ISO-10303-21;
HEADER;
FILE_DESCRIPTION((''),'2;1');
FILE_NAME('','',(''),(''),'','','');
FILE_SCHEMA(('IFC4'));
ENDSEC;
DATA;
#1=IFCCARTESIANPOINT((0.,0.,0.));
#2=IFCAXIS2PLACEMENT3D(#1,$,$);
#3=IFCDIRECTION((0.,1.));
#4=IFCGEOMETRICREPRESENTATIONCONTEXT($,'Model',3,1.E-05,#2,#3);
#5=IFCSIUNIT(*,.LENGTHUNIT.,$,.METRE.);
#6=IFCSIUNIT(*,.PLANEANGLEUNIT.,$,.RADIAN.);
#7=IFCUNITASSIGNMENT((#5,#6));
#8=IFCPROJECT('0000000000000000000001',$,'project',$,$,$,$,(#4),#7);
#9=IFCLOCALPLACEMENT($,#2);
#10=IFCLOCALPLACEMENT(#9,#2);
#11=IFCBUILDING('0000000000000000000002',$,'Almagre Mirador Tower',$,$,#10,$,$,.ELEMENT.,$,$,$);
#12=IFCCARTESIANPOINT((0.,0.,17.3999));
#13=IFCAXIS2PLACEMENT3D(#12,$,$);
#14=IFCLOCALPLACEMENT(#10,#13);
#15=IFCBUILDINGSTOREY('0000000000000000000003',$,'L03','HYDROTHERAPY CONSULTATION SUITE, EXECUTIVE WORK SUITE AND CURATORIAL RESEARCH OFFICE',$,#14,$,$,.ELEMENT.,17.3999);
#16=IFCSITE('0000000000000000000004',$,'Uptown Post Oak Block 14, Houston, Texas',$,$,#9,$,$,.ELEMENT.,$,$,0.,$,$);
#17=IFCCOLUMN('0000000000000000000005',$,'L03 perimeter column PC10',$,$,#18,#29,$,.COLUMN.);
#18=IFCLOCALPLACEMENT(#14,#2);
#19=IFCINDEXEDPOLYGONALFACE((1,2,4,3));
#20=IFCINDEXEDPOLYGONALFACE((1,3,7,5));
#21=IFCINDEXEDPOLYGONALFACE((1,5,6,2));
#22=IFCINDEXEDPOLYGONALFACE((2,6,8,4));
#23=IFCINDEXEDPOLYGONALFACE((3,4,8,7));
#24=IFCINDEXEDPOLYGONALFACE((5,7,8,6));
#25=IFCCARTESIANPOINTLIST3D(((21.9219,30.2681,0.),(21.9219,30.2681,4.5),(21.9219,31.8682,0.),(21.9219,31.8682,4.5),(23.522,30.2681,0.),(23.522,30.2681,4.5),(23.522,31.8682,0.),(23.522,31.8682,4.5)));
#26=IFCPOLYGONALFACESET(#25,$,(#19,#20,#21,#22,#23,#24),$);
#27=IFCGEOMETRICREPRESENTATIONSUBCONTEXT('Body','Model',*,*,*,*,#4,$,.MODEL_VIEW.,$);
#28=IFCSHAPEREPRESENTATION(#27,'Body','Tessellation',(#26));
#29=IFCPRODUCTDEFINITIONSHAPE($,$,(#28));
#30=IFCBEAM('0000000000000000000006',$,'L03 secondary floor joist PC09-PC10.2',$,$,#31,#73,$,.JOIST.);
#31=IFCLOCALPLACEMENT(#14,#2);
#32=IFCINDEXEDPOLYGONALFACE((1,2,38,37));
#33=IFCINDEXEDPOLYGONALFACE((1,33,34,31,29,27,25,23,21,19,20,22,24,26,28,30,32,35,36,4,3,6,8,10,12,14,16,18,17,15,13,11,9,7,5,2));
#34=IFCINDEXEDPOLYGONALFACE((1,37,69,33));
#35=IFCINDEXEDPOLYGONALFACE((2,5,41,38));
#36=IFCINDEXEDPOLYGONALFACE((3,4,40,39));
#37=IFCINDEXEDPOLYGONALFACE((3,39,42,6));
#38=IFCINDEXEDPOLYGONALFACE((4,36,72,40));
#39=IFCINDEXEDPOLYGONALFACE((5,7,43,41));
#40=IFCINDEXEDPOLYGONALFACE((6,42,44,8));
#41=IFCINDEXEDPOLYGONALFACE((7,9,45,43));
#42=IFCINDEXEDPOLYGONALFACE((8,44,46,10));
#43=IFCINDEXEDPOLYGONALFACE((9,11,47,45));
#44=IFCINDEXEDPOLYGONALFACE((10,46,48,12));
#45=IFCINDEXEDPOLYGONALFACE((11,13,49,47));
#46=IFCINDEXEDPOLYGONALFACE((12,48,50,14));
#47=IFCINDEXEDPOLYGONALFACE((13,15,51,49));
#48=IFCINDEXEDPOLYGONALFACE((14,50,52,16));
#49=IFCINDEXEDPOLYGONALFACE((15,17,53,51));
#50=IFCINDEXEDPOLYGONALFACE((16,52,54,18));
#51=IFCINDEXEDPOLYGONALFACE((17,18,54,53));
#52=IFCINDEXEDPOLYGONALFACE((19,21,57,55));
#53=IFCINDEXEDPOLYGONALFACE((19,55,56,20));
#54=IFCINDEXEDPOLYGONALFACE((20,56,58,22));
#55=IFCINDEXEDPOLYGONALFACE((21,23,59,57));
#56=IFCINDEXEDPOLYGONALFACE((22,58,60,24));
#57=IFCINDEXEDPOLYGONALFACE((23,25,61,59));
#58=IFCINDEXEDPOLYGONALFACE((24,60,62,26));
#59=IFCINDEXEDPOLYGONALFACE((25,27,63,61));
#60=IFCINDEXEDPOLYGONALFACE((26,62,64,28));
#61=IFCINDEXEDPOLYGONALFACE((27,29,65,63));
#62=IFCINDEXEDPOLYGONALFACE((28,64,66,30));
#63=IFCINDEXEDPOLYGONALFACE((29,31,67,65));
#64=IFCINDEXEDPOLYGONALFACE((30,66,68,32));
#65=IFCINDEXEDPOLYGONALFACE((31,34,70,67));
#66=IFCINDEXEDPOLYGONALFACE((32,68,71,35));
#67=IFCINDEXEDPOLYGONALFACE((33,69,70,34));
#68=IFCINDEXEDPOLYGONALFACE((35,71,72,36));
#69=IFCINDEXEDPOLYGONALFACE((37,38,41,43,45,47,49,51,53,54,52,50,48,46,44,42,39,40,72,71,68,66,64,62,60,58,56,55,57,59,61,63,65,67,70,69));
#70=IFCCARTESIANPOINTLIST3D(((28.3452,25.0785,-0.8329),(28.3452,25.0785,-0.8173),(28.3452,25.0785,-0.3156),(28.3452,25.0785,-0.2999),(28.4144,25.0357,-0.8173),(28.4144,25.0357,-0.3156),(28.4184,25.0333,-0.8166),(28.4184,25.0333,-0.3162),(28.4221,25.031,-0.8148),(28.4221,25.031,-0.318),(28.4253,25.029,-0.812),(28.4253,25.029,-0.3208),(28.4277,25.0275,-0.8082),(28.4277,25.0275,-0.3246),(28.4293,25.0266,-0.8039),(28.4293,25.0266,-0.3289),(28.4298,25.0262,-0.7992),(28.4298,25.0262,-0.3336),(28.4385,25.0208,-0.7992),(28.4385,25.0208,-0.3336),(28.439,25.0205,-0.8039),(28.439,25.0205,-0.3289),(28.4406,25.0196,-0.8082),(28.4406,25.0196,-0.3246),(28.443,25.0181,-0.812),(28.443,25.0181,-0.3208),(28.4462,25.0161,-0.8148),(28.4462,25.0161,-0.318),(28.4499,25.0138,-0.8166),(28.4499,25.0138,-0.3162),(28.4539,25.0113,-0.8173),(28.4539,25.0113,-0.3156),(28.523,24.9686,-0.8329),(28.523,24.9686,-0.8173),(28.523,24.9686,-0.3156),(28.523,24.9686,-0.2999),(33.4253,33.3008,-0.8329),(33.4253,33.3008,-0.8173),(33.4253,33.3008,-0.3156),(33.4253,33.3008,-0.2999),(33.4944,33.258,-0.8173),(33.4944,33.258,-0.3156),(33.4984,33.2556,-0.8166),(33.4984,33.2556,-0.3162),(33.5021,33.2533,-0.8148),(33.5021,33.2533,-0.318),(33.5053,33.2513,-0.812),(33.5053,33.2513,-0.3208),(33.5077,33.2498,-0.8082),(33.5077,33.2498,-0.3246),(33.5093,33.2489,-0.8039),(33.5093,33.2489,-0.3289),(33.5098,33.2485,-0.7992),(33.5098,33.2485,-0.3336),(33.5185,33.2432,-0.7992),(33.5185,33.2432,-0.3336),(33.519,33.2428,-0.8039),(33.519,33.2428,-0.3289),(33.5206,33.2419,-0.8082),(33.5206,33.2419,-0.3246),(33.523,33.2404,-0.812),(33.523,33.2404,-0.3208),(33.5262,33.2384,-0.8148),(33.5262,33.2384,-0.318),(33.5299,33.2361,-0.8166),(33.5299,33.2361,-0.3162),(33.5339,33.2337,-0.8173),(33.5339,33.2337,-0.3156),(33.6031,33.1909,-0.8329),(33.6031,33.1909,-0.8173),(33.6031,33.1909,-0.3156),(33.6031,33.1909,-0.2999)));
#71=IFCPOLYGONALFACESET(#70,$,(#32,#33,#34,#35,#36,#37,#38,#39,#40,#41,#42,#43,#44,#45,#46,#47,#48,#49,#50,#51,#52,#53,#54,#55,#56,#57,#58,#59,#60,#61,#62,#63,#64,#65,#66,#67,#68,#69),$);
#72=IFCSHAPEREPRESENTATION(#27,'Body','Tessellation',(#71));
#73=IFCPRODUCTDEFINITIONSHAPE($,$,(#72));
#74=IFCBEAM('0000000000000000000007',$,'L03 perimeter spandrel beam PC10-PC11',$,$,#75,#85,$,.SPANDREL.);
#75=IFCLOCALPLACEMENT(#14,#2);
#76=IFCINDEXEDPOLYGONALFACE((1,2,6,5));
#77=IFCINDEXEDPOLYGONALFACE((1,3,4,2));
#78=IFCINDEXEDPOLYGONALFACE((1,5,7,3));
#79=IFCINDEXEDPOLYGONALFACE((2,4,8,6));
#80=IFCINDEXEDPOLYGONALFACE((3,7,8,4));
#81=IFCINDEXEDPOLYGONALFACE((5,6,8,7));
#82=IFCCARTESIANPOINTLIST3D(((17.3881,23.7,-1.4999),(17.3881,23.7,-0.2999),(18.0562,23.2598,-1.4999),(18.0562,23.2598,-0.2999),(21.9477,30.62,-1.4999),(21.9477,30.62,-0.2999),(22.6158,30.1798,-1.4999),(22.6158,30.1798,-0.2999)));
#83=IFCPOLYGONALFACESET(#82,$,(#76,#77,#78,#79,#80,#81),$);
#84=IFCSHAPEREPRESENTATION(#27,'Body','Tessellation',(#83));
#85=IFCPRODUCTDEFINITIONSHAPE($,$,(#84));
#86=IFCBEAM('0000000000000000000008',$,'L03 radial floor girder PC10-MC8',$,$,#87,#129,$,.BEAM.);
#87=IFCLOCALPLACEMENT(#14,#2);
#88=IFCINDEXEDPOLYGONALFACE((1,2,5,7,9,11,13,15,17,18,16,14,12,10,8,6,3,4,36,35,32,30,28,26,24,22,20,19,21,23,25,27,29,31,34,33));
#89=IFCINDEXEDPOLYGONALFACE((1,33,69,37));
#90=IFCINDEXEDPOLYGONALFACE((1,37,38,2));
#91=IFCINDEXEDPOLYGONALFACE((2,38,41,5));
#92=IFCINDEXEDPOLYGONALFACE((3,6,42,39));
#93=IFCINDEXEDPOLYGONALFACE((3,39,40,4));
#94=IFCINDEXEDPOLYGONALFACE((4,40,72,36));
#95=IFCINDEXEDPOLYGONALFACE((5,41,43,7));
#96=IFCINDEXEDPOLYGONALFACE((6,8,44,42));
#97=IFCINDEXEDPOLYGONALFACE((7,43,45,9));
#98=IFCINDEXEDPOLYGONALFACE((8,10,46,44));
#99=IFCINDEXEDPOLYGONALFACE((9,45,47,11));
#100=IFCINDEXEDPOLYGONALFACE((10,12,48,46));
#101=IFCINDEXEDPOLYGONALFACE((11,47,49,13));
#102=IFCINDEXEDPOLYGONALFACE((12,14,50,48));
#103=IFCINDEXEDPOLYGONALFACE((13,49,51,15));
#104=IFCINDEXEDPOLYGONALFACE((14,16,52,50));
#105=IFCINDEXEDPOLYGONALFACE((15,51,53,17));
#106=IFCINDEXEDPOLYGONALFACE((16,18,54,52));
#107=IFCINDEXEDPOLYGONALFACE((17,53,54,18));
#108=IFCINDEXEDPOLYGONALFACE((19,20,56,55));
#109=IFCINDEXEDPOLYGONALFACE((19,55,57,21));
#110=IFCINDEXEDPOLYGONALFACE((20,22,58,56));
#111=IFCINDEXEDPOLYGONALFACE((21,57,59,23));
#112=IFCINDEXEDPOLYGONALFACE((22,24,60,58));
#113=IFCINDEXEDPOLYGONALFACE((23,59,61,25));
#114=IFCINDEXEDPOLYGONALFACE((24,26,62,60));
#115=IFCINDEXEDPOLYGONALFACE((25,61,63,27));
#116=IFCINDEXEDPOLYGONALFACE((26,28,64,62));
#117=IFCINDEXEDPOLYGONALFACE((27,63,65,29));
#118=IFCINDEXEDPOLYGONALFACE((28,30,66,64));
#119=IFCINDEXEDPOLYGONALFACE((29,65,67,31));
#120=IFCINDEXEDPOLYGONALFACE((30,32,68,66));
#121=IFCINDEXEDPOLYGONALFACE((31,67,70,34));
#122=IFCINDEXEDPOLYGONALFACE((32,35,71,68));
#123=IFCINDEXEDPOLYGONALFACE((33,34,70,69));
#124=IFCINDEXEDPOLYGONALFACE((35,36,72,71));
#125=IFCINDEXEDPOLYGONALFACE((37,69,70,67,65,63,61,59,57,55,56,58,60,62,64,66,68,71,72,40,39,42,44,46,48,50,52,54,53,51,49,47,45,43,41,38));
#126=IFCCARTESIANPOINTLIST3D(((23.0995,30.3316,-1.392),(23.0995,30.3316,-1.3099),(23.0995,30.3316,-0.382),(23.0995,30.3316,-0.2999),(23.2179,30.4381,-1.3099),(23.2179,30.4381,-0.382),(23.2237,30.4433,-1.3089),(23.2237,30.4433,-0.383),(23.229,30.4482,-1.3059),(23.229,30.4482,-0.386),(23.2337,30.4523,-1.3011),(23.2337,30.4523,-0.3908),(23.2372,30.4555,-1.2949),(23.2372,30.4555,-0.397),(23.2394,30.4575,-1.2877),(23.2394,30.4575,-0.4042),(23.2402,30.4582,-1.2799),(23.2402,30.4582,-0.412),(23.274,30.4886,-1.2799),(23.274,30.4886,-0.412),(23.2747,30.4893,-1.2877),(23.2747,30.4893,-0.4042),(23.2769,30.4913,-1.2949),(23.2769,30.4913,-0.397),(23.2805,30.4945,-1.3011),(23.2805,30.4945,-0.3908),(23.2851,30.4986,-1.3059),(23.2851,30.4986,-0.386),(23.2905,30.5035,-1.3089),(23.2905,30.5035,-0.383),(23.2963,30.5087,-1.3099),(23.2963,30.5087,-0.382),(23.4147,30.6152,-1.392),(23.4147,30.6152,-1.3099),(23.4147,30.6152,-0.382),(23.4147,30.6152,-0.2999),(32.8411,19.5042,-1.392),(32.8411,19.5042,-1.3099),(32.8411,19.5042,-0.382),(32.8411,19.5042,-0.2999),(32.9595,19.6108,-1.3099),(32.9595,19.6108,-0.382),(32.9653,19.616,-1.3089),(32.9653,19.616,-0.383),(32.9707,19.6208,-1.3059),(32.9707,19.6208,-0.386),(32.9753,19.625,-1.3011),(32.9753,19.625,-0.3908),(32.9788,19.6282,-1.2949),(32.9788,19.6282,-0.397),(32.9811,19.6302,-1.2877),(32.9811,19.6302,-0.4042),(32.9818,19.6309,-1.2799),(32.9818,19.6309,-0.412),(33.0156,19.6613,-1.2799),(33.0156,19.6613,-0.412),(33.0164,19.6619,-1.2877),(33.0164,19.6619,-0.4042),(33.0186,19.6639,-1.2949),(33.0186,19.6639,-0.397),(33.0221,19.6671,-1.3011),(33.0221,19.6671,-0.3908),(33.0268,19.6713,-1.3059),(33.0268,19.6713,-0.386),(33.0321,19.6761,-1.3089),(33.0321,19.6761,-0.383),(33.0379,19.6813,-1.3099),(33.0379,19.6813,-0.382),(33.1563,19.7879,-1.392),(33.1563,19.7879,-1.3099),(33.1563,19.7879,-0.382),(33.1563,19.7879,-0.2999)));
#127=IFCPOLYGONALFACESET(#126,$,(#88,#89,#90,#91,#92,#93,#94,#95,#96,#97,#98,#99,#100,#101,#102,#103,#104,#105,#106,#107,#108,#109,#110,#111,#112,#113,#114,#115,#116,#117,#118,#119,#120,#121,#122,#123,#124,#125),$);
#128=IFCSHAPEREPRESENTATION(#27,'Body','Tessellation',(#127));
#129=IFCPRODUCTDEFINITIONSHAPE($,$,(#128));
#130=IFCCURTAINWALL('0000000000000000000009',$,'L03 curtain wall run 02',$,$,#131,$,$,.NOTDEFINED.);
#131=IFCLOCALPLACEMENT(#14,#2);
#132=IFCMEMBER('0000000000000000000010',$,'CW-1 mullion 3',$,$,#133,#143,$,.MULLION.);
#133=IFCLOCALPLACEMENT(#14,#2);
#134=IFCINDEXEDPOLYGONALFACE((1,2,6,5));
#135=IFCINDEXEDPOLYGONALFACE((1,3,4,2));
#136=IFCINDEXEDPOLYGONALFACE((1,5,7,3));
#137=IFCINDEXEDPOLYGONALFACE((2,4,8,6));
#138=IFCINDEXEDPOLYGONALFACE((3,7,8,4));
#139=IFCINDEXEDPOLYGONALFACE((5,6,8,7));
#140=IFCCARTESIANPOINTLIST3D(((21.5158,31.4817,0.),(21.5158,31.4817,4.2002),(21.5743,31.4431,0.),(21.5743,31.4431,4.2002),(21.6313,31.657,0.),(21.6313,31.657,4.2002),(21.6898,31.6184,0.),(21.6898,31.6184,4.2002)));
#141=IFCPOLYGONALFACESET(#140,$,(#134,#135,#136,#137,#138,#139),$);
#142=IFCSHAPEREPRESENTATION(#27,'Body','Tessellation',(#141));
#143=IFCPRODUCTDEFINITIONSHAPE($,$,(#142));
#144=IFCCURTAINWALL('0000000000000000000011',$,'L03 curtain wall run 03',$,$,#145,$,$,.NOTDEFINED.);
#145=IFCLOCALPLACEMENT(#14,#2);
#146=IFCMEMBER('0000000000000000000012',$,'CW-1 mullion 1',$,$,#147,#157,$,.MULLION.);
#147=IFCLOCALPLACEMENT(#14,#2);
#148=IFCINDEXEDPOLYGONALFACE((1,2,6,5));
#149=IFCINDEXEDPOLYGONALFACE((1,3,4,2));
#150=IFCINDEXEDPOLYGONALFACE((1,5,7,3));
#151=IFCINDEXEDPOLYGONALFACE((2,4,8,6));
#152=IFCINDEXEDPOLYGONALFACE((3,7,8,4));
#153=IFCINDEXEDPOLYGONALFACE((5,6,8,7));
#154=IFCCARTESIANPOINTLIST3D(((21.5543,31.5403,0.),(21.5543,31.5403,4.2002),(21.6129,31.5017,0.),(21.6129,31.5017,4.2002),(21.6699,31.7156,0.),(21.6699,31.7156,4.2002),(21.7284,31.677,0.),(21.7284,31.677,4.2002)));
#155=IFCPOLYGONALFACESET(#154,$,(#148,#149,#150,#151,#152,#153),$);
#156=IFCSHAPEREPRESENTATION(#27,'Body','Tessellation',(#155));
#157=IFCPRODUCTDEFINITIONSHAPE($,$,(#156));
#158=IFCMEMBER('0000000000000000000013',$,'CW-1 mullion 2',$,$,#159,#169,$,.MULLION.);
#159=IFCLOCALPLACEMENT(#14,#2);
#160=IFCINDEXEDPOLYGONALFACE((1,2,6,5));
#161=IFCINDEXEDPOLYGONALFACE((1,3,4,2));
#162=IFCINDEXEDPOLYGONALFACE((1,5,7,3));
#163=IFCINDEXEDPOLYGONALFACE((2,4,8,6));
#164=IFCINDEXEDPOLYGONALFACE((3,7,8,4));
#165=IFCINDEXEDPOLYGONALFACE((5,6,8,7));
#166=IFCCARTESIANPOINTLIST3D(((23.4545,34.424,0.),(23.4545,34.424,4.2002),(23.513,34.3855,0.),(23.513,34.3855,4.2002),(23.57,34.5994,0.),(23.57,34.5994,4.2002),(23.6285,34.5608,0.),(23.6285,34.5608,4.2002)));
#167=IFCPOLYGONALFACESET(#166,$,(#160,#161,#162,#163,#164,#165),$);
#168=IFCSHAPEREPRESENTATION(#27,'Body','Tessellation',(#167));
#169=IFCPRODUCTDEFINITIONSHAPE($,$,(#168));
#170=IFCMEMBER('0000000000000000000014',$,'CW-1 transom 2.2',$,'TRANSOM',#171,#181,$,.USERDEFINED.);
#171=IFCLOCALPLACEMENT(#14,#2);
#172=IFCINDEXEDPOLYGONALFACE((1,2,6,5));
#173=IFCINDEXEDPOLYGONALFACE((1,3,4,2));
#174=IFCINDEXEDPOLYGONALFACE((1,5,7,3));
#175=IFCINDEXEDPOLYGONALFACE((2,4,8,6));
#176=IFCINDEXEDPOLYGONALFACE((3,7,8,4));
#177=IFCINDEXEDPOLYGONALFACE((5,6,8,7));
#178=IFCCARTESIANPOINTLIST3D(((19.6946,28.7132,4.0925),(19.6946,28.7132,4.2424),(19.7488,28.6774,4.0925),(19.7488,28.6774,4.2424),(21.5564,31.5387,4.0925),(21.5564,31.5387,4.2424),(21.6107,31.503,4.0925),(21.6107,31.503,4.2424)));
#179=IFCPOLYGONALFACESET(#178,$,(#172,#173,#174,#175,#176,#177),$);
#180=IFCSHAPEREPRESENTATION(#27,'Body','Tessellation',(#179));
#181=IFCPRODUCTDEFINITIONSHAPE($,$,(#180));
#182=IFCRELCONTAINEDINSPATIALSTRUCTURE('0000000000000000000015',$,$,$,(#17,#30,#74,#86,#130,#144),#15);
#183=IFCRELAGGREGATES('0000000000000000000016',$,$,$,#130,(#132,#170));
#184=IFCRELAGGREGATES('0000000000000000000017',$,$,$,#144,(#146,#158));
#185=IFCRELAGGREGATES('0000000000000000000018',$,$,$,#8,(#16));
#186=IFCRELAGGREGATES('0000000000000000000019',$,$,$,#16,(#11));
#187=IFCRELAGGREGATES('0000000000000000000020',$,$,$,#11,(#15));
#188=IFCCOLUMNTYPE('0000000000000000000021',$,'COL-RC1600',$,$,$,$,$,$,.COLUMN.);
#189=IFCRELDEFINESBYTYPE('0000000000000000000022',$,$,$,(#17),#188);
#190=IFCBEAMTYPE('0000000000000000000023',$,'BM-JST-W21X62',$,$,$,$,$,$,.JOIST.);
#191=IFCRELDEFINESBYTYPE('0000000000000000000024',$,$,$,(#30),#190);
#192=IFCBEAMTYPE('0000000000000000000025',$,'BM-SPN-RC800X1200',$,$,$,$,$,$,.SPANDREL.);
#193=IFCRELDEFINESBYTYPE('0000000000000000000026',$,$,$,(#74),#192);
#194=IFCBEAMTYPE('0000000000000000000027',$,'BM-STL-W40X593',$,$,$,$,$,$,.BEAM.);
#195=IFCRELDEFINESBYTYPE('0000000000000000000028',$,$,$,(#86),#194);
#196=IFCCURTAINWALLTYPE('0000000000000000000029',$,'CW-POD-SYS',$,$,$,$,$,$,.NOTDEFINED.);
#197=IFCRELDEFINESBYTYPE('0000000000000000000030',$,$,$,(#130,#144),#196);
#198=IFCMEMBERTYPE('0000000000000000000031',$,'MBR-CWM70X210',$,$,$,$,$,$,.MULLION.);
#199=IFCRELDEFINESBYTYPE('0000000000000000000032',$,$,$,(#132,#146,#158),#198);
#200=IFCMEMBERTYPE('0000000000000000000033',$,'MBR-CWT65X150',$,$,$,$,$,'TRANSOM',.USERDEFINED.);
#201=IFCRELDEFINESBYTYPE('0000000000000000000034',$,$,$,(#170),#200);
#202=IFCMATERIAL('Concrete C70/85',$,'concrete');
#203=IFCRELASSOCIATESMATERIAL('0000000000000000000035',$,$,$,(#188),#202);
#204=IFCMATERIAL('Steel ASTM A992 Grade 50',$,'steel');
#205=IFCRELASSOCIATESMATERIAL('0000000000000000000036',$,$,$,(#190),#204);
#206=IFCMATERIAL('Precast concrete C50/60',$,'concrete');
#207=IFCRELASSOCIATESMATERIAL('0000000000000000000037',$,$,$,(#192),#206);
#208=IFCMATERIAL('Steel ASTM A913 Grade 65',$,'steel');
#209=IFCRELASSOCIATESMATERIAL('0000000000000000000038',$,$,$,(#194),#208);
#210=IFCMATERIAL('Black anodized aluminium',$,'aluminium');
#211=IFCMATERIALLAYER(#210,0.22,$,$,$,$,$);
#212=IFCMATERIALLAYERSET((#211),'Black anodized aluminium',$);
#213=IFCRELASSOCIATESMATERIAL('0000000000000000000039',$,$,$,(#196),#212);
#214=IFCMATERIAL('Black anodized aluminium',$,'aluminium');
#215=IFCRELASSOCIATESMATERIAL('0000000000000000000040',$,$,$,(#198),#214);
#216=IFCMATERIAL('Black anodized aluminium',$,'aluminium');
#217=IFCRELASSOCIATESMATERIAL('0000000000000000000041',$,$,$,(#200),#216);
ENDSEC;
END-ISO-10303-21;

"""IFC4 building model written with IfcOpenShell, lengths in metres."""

from ifc_helpers import new_model, si_unit, direction, frame, origin, origin_2d, place, context, subcontext, project, spatial, rectangle, i_section, extrude, material, layer, layer_set, material_profile, profile_set, type_object, element, aggregate, save


model = new_model("IFC4")

# Units and contexts
model_context = context("Model", 3, precision=1e-05, world=origin(), true_north=direction((0.0, 1.0)))
body_context = subcontext(model_context, "Body", "Model", "MODEL_VIEW")
ifc_project = project(units=[si_unit("LENGTHUNIT", "METRE"), si_unit("PLANEANGLEUNIT", "RADIAN")], contexts=[model_context])

# Site, building, storey
site_placement = place(None, origin())
site = spatial("IfcSite", under=ifc_project, at=site_placement, Name="Uptown Post Oak Block 14, Houston, Texas", CompositionType="ELEMENT", RefElevation=0.0)
building_placement = place(site_placement, origin())
building = spatial("IfcBuilding", under=site, at=building_placement, Name="Almagre Mirador Tower", CompositionType="ELEMENT")
storey_placement = place(building_placement, frame((0.0, 0.0, 17.3999)))
storey = spatial("IfcBuildingStorey", under=building, at=storey_placement, Name="L03", Description="HYDROTHERAPY CONSULTATION SUITE, EXECUTIVE WORK SUITE AND CURATORIAL RESEARCH OFFICE", CompositionType="ELEMENT", Elevation=17.3999)

# Column
ifc_material_1 = material(Name="Concrete C70/85", Category="concrete")
ifc_material_profile_1 = material_profile(ifc_material_1, rectangle(XDim=1.6001, YDim=1.6001, at=origin_2d()), Name="RC1600X1600")
ifc_profile_set_1 = profile_set([ifc_material_profile_1], Name="Concrete C70/85")
column_type = type_object("IfcColumnType", Name="COL-RC1600", PredefinedType="COLUMN", material=ifc_profile_set_1)
column_placement = place(storey_placement, frame((22.7219, 31.0681, 0.0), z_axis=(0.0, 0.0, 1.0), x_axis=(1.0, 0.0, 0.0)))
element("IfcColumn", 1, at=column_placement, inside=storey, type_object=column_type, Name="L03 perimeter column PC10", PredefinedType="COLUMN", context=body_context, shape_type="SweptSolid", body=[
    extrude(rectangle(XDim=1.6001, YDim=1.6001, at=origin_2d()), origin(), (0.0, 0.0, 1.0), 4.5),
])

# Beams
ifc_material_2 = material(Name="Steel ASTM A992 Grade 50", Category="steel")
ifc_material_profile_2 = material_profile(ifc_material_2, i_section(OverallWidth=0.209, OverallDepth=0.533, WebThickness=0.0103, FlangeThickness=0.0156, FilletRadius=0.0181, at=origin_2d()), Name="W21X62")
ifc_profile_set_2 = profile_set([ifc_material_profile_2], Name="Steel ASTM A992 Grade 50")
beam_type_1 = type_object("IfcBeamType", Name="BM-JST-W21X62", PredefinedType="JOIST", material=ifc_profile_set_2)
beam_1_placement = place(storey_placement, frame((33.5142, 33.2458, -0.5664), z_axis=(-0.525607, -0.850727, 0.0), x_axis=(0.850727, -0.525607, 0.0)))
element("IfcBeam", 2, at=beam_1_placement, inside=storey, type_object=beam_type_1, Name="L03 secondary floor joist PC09-PC10.2", PredefinedType="JOIST", context=body_context, shape_type="SweptSolid", body=[
    extrude(i_section(OverallWidth=0.209, OverallDepth=0.533, WebThickness=0.0103, FlangeThickness=0.0156, FilletRadius=0.0181, at=origin_2d()), origin(), (0.0, 0.0, 1.0), 9.665),
])
ifc_material_3 = material(Name="Precast concrete C50/60", Category="concrete")
ifc_material_profile_3 = material_profile(ifc_material_3, rectangle(XDim=0.8, YDim=1.2, at=origin_2d()), Name="RC800X1200")
ifc_profile_set_3 = profile_set([ifc_material_profile_3], Name="Precast concrete C50/60")
beam_type_2 = type_object("IfcBeamType", Name="BM-SPN-RC800X1200", PredefinedType="SPANDREL", material=ifc_profile_set_3)
beam_2_placement = place(storey_placement, frame((22.2817, 30.3999, -0.8999), z_axis=(-0.550205, -0.83503, 0.0), x_axis=(0.83503, -0.550205, 0.0)))
element("IfcBeam", 3, at=beam_2_placement, inside=storey, type_object=beam_type_2, Name="L03 perimeter spandrel beam PC10-PC11", PredefinedType="SPANDREL", context=body_context, shape_type="SweptSolid", body=[
    extrude(rectangle(XDim=0.8, YDim=1.2, at=origin_2d()), origin(), (0.0, 0.0, 1.0), 8.2871),
])
ifc_material_4 = material(Name="Steel ASTM A913 Grade 65", Category="steel")
ifc_material_profile_4 = material_profile(ifc_material_4, i_section(OverallWidth=0.4241, OverallDepth=1.092, WebThickness=0.0454, FlangeThickness=0.082, FilletRadius=0.03, at=origin_2d()), Name="W40X593")
ifc_profile_set_4 = profile_set([ifc_material_profile_4], Name="Steel ASTM A913 Grade 65")
beam_type_3 = type_object("IfcBeamType", Name="BM-STL-W40X593", PredefinedType="BEAM", material=ifc_profile_set_4)
beam_3_placement = place(storey_placement, frame((23.2571, 30.4734, -0.8459), z_axis=(0.668853, -0.743395, 0.0), x_axis=(0.743395, 0.668853, 0.0)))
element("IfcBeam", 4, at=beam_3_placement, inside=storey, type_object=beam_type_3, Name="L03 radial floor girder PC10-MC8", PredefinedType="BEAM", context=body_context, shape_type="SweptSolid", body=[
    extrude(i_section(OverallWidth=0.4241, OverallDepth=1.092, WebThickness=0.0454, FlangeThickness=0.082, FilletRadius=0.03, at=origin_2d()), origin(), (0.0, 0.0, 1.0), 14.5647),
])

# Curtain wall, member
ifc_material_5 = material(Name="Black anodized aluminium", Category="aluminium")
ifc_layer_1 = layer(ifc_material_5, 0.22)
ifc_layer_set_1 = layer_set([ifc_layer_1], Name="Black anodized aluminium")
curtain_wall_type = type_object("IfcCurtainWallType", Name="CW-POD-SYS", PredefinedType="NOTDEFINED", material=ifc_layer_set_1)
curtain_wall_1_placement = place(storey_placement, origin())
curtain_wall_1 = element("IfcCurtainWall", 5, at=curtain_wall_1_placement, inside=storey, type_object=curtain_wall_type, Name="L03 curtain wall run 02", PredefinedType="NOTDEFINED")
ifc_material_6 = material(Name="Black anodized aluminium", Category="aluminium")
ifc_material_profile_5 = material_profile(ifc_material_6, rectangle(XDim=0.0701, YDim=0.21, at=origin_2d()), Name="CWM70X210")
ifc_profile_set_5 = profile_set([ifc_material_profile_5], Name="Black anodized aluminium")
member_type_1 = type_object("IfcMemberType", Name="MBR-CWM70X210", PredefinedType="MULLION", material=ifc_profile_set_5)
member_1_placement = place(storey_placement, frame((21.6028, 31.55, 0.0), z_axis=(0.0, 0.0, 1.0), x_axis=(-0.835028, 0.550207, 0.0)))
member_1 = element("IfcMember", 6, at=member_1_placement, type_object=member_type_1, Name="CW-1 mullion 3", PredefinedType="MULLION", context=body_context, shape_type="SweptSolid", body=[
    extrude(rectangle(XDim=0.0701, YDim=0.21, at=origin_2d()), origin(), (0.0, 0.0, 1.0), 4.2002),
])

# Curtain wall, members
curtain_wall_2_placement = place(storey_placement, origin())
curtain_wall_2 = element("IfcCurtainWall", 7, at=curtain_wall_2_placement, inside=storey, type_object=curtain_wall_type, Name="L03 curtain wall run 03", PredefinedType="NOTDEFINED")
member_2_placement = place(storey_placement, frame((21.6414, 31.6086, 0.0), z_axis=(0.0, 0.0, 1.0), x_axis=(-0.835024, 0.550214, 0.0)))
member_2 = element("IfcMember", 8, at=member_2_placement, type_object=member_type_1, Name="CW-1 mullion 1", PredefinedType="MULLION", context=body_context, shape_type="SweptSolid", body=[
    extrude(rectangle(XDim=0.0701, YDim=0.21, at=origin_2d()), origin(), (0.0, 0.0, 1.0), 4.2002),
])
member_3_placement = place(storey_placement, frame((23.5415, 34.4924, 0.0), z_axis=(0.0, 0.0, 1.0), x_axis=(-0.835024, 0.550214, 0.0)))
member_3 = element("IfcMember", 9, at=member_3_placement, type_object=member_type_1, Name="CW-1 mullion 2", PredefinedType="MULLION", context=body_context, shape_type="SweptSolid", body=[
    extrude(rectangle(XDim=0.0701, YDim=0.21, at=origin_2d()), origin(), (0.0, 0.0, 1.0), 4.2002),
])

# Member
ifc_material_7 = material(Name="Black anodized aluminium", Category="aluminium")
ifc_material_profile_6 = material_profile(ifc_material_7, rectangle(XDim=0.0649, YDim=0.1499, at=origin_2d()), Name="CWT65X150")
ifc_profile_set_6 = profile_set([ifc_material_profile_6], Name="Black anodized aluminium")
member_type_2 = type_object("IfcMemberType", Name="MBR-CWT65X150", ElementType="TRANSOM", PredefinedType="USERDEFINED", material=ifc_profile_set_6)
member_4_placement = place(storey_placement, frame((19.7217, 28.6953, 4.1675), z_axis=(0.55023, 0.835013, 0.0), x_axis=(-0.835013, 0.55023, 0.0)))
member_4 = element("IfcMember", 10, at=member_4_placement, type_object=member_type_2, Name="CW-1 transom 2.2", ObjectType="TRANSOM", PredefinedType="USERDEFINED", context=body_context, shape_type="SweptSolid", body=[
    extrude(rectangle(XDim=0.0649, YDim=0.1499, at=origin_2d()), origin(), (0.0, 0.0, 1.0), 3.3838),
])

aggregate(curtain_wall_1, [member_1, member_4])
aggregate(curtain_wall_2, [member_2, member_3])

save(model, "model.ifc")
